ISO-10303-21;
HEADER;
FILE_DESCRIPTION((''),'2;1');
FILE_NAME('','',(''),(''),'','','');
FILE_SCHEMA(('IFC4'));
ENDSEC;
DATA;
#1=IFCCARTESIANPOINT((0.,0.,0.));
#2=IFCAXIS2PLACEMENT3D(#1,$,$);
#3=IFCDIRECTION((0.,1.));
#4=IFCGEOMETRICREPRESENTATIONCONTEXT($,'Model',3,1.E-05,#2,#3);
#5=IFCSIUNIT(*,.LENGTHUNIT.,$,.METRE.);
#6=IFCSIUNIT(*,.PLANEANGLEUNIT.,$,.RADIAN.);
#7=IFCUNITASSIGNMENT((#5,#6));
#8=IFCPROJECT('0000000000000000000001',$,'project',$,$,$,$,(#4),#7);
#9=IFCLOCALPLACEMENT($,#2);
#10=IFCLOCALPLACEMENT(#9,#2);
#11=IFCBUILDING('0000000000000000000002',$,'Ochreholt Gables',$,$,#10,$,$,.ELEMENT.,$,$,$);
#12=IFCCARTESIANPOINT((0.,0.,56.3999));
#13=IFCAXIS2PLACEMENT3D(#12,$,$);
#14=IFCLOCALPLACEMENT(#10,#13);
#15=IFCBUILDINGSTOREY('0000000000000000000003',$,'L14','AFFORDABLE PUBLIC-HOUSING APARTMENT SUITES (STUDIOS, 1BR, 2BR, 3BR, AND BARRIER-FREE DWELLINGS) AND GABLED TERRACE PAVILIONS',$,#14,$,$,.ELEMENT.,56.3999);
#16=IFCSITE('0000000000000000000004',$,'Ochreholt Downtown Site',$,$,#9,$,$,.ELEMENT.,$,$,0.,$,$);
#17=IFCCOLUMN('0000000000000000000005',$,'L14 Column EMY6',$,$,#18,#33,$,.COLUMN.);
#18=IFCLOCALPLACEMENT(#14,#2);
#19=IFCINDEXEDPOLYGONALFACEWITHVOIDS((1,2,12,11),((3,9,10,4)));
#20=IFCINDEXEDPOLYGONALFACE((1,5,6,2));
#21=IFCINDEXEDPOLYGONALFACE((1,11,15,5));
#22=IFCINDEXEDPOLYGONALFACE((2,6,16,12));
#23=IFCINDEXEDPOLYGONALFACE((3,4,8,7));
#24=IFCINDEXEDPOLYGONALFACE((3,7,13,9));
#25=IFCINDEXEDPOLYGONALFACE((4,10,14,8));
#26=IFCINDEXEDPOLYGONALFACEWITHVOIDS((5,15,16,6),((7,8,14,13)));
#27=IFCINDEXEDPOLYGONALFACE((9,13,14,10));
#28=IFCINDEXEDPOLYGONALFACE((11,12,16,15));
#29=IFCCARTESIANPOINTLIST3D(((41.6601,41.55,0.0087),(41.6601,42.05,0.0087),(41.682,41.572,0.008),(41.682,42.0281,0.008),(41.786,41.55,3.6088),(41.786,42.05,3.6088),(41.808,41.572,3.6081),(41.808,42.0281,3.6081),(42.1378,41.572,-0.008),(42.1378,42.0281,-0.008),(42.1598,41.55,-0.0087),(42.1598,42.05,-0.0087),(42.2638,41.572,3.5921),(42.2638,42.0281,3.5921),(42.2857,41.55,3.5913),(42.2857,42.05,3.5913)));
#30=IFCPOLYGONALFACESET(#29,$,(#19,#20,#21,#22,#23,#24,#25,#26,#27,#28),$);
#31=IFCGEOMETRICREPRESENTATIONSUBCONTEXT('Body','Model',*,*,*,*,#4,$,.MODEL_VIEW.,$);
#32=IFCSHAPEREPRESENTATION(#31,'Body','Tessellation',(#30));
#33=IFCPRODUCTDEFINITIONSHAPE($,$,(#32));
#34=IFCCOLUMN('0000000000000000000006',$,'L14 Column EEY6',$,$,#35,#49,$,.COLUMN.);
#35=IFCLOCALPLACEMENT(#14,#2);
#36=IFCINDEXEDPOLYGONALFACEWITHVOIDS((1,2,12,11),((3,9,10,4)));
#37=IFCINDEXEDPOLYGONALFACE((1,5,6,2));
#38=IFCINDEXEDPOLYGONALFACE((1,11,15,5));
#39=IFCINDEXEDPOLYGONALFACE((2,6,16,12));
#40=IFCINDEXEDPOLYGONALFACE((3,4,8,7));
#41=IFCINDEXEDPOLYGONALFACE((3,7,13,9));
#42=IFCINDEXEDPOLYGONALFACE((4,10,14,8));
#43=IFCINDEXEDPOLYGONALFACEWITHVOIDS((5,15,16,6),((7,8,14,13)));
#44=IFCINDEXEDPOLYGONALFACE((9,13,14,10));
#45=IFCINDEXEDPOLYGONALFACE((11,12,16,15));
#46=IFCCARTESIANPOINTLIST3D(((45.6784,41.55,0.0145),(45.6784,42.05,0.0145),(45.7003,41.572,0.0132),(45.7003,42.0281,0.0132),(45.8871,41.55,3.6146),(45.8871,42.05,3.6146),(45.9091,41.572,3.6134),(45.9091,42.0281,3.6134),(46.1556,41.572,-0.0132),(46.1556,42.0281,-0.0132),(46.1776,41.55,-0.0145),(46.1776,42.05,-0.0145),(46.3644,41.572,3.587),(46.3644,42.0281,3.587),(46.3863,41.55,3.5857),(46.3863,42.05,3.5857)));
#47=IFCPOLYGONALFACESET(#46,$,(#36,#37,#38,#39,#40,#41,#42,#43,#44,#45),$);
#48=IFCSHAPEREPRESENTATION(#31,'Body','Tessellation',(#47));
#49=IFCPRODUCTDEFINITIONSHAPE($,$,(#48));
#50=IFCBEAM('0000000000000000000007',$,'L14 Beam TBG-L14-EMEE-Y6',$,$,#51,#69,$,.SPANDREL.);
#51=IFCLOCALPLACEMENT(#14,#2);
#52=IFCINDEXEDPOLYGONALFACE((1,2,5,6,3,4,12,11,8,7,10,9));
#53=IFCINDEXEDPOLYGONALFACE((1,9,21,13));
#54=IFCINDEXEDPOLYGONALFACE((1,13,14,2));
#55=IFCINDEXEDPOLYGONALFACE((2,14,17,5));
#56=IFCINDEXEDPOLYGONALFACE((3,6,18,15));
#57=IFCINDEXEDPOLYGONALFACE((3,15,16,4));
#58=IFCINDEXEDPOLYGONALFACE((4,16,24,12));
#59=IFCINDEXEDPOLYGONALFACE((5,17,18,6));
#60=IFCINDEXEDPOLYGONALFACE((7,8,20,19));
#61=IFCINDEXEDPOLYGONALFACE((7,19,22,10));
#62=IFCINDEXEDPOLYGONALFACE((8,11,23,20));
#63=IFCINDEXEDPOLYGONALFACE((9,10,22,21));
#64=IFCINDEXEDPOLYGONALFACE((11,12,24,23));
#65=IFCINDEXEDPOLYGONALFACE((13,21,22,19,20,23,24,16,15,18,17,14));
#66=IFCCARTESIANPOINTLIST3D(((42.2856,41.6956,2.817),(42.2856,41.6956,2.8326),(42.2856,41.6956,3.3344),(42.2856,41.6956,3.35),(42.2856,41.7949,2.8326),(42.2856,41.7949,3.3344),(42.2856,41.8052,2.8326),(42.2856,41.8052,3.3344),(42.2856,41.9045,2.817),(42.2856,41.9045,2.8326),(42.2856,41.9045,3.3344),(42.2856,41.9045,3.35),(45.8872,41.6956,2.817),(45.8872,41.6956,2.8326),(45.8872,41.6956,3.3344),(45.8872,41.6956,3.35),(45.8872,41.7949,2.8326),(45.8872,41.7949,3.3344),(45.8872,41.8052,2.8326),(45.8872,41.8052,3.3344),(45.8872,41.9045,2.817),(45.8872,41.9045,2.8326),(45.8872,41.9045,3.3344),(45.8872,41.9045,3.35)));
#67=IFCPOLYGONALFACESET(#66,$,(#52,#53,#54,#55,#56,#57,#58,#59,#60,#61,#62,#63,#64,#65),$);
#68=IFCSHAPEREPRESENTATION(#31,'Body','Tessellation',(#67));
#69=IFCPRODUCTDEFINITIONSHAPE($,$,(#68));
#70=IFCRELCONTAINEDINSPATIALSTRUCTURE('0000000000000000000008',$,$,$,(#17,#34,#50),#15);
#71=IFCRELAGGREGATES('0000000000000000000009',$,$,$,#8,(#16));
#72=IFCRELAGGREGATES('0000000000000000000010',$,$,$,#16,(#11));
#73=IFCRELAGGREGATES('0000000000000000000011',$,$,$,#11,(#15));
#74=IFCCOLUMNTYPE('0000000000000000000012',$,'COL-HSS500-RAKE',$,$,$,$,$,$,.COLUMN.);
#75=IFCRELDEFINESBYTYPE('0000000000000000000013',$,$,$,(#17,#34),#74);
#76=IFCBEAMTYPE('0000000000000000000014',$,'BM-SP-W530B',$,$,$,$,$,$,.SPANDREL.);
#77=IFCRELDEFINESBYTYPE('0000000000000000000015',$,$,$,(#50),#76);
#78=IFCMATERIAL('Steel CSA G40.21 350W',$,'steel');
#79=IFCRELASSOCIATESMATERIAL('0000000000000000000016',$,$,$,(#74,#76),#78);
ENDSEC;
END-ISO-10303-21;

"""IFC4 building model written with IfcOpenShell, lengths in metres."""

from ifc_helpers import new_model, si_unit, direction, frame, origin, origin_2d, place, context, subcontext, project, spatial, hollow_rectangle, i_section, extrude, material, material_profile, profile_set, type_object, element, save


model = new_model("IFC4")

# Units and contexts
model_context = context("Model", 3, precision=1e-05, world=origin(), true_north=direction((0.0, 1.0)))
body_context = subcontext(model_context, "Body", "Model", "MODEL_VIEW")
ifc_project = project(units=[si_unit("LENGTHUNIT", "METRE"), si_unit("PLANEANGLEUNIT", "RADIAN")], contexts=[model_context])

# Site, building, storey
site_placement = place(None, origin())
site = spatial("IfcSite", under=ifc_project, at=site_placement, Name="Ochreholt Downtown Site", CompositionType="ELEMENT", RefElevation=0.0)
building_placement = place(site_placement, origin())
building = spatial("IfcBuilding", under=site, at=building_placement, Name="Ochreholt Gables", CompositionType="ELEMENT")
storey_placement = place(building_placement, frame((0.0, 0.0, 56.3999)))
storey = spatial("IfcBuildingStorey", under=building, at=storey_placement, Name="L14", Description="AFFORDABLE PUBLIC-HOUSING APARTMENT SUITES (STUDIOS, 1BR, 2BR, 3BR, AND BARRIER-FREE DWELLINGS) AND GABLED TERRACE PAVILIONS", CompositionType="ELEMENT", Elevation=56.3999)

# Columns
ifc_material_1 = material(Name="Steel CSA G40.21 350W", Category="steel")
ifc_material_profile_1 = material_profile(ifc_material_1, hollow_rectangle(XDim=0.5, YDim=0.5, WallThickness=0.022, at=origin_2d()), Name="HSS500X500X22")
ifc_profile_set_1 = profile_set([ifc_material_profile_1], Name="Steel CSA G40.21 350W")
column_type = type_object("IfcColumnType", Name="COL-HSS500-RAKE", PredefinedType="COLUMN", material=ifc_profile_set_1)
column_1_placement = place(storey_placement, frame((41.9099, 41.8, 0.0), z_axis=(0.034971, 0.0, 0.999388), x_axis=(0.0, 1.0, 0.0)))
element("IfcColumn", 1, at=column_1_placement, inside=storey, type_object=column_type, Name="L14 Column EMY6", PredefinedType="COLUMN", context=body_context, shape_type="SweptSolid", body=[
    extrude(hollow_rectangle(XDim=0.5, YDim=0.5, WallThickness=0.022, at=origin_2d()), origin(), (0.0, 0.0, 1.0), 3.6023),
])
column_2_placement = place(storey_placement, frame((45.928, 41.8, 0.0), z_axis=(0.057885, 0.0, 0.998323), x_axis=(0.0, 1.0, 0.0)))
element("IfcColumn", 2, at=column_2_placement, inside=storey, type_object=column_type, Name="L14 Column EEY6", PredefinedType="COLUMN", context=body_context, shape_type="SweptSolid", body=[
    extrude(hollow_rectangle(XDim=0.5, YDim=0.5, WallThickness=0.022, at=origin_2d()), origin(), (0.0, 0.0, 1.0), 3.6062),
])

# Beam
ifc_material_profile_2 = material_profile(ifc_material_1, i_section(OverallWidth=0.209, OverallDepth=0.533, WebThickness=0.0103, FlangeThickness=0.0156, at=origin_2d()), Name="W530X92")
ifc_profile_set_2 = profile_set([ifc_material_profile_2], Name="Steel CSA G40.21 350W")
beam_type = type_object("IfcBeamType", Name="BM-SP-W530B", PredefinedType="SPANDREL", material=ifc_profile_set_2)
beam_placement = place(storey_placement, frame((42.2856, 41.8, 3.0835), z_axis=(1.0, 0.0, 0.0), x_axis=(0.0, 1.0, 0.0)))
element("IfcBeam", 3, at=beam_placement, inside=storey, type_object=beam_type, Name="L14 Beam TBG-L14-EMEE-Y6", PredefinedType="SPANDREL", context=body_context, shape_type="SweptSolid", body=[
    extrude(i_section(OverallWidth=0.209, OverallDepth=0.533, WebThickness=0.0103, FlangeThickness=0.0156, at=origin_2d()), origin(), (0.0, 0.0, 1.0), 3.6016),
])

save(model, "model.ifc")
